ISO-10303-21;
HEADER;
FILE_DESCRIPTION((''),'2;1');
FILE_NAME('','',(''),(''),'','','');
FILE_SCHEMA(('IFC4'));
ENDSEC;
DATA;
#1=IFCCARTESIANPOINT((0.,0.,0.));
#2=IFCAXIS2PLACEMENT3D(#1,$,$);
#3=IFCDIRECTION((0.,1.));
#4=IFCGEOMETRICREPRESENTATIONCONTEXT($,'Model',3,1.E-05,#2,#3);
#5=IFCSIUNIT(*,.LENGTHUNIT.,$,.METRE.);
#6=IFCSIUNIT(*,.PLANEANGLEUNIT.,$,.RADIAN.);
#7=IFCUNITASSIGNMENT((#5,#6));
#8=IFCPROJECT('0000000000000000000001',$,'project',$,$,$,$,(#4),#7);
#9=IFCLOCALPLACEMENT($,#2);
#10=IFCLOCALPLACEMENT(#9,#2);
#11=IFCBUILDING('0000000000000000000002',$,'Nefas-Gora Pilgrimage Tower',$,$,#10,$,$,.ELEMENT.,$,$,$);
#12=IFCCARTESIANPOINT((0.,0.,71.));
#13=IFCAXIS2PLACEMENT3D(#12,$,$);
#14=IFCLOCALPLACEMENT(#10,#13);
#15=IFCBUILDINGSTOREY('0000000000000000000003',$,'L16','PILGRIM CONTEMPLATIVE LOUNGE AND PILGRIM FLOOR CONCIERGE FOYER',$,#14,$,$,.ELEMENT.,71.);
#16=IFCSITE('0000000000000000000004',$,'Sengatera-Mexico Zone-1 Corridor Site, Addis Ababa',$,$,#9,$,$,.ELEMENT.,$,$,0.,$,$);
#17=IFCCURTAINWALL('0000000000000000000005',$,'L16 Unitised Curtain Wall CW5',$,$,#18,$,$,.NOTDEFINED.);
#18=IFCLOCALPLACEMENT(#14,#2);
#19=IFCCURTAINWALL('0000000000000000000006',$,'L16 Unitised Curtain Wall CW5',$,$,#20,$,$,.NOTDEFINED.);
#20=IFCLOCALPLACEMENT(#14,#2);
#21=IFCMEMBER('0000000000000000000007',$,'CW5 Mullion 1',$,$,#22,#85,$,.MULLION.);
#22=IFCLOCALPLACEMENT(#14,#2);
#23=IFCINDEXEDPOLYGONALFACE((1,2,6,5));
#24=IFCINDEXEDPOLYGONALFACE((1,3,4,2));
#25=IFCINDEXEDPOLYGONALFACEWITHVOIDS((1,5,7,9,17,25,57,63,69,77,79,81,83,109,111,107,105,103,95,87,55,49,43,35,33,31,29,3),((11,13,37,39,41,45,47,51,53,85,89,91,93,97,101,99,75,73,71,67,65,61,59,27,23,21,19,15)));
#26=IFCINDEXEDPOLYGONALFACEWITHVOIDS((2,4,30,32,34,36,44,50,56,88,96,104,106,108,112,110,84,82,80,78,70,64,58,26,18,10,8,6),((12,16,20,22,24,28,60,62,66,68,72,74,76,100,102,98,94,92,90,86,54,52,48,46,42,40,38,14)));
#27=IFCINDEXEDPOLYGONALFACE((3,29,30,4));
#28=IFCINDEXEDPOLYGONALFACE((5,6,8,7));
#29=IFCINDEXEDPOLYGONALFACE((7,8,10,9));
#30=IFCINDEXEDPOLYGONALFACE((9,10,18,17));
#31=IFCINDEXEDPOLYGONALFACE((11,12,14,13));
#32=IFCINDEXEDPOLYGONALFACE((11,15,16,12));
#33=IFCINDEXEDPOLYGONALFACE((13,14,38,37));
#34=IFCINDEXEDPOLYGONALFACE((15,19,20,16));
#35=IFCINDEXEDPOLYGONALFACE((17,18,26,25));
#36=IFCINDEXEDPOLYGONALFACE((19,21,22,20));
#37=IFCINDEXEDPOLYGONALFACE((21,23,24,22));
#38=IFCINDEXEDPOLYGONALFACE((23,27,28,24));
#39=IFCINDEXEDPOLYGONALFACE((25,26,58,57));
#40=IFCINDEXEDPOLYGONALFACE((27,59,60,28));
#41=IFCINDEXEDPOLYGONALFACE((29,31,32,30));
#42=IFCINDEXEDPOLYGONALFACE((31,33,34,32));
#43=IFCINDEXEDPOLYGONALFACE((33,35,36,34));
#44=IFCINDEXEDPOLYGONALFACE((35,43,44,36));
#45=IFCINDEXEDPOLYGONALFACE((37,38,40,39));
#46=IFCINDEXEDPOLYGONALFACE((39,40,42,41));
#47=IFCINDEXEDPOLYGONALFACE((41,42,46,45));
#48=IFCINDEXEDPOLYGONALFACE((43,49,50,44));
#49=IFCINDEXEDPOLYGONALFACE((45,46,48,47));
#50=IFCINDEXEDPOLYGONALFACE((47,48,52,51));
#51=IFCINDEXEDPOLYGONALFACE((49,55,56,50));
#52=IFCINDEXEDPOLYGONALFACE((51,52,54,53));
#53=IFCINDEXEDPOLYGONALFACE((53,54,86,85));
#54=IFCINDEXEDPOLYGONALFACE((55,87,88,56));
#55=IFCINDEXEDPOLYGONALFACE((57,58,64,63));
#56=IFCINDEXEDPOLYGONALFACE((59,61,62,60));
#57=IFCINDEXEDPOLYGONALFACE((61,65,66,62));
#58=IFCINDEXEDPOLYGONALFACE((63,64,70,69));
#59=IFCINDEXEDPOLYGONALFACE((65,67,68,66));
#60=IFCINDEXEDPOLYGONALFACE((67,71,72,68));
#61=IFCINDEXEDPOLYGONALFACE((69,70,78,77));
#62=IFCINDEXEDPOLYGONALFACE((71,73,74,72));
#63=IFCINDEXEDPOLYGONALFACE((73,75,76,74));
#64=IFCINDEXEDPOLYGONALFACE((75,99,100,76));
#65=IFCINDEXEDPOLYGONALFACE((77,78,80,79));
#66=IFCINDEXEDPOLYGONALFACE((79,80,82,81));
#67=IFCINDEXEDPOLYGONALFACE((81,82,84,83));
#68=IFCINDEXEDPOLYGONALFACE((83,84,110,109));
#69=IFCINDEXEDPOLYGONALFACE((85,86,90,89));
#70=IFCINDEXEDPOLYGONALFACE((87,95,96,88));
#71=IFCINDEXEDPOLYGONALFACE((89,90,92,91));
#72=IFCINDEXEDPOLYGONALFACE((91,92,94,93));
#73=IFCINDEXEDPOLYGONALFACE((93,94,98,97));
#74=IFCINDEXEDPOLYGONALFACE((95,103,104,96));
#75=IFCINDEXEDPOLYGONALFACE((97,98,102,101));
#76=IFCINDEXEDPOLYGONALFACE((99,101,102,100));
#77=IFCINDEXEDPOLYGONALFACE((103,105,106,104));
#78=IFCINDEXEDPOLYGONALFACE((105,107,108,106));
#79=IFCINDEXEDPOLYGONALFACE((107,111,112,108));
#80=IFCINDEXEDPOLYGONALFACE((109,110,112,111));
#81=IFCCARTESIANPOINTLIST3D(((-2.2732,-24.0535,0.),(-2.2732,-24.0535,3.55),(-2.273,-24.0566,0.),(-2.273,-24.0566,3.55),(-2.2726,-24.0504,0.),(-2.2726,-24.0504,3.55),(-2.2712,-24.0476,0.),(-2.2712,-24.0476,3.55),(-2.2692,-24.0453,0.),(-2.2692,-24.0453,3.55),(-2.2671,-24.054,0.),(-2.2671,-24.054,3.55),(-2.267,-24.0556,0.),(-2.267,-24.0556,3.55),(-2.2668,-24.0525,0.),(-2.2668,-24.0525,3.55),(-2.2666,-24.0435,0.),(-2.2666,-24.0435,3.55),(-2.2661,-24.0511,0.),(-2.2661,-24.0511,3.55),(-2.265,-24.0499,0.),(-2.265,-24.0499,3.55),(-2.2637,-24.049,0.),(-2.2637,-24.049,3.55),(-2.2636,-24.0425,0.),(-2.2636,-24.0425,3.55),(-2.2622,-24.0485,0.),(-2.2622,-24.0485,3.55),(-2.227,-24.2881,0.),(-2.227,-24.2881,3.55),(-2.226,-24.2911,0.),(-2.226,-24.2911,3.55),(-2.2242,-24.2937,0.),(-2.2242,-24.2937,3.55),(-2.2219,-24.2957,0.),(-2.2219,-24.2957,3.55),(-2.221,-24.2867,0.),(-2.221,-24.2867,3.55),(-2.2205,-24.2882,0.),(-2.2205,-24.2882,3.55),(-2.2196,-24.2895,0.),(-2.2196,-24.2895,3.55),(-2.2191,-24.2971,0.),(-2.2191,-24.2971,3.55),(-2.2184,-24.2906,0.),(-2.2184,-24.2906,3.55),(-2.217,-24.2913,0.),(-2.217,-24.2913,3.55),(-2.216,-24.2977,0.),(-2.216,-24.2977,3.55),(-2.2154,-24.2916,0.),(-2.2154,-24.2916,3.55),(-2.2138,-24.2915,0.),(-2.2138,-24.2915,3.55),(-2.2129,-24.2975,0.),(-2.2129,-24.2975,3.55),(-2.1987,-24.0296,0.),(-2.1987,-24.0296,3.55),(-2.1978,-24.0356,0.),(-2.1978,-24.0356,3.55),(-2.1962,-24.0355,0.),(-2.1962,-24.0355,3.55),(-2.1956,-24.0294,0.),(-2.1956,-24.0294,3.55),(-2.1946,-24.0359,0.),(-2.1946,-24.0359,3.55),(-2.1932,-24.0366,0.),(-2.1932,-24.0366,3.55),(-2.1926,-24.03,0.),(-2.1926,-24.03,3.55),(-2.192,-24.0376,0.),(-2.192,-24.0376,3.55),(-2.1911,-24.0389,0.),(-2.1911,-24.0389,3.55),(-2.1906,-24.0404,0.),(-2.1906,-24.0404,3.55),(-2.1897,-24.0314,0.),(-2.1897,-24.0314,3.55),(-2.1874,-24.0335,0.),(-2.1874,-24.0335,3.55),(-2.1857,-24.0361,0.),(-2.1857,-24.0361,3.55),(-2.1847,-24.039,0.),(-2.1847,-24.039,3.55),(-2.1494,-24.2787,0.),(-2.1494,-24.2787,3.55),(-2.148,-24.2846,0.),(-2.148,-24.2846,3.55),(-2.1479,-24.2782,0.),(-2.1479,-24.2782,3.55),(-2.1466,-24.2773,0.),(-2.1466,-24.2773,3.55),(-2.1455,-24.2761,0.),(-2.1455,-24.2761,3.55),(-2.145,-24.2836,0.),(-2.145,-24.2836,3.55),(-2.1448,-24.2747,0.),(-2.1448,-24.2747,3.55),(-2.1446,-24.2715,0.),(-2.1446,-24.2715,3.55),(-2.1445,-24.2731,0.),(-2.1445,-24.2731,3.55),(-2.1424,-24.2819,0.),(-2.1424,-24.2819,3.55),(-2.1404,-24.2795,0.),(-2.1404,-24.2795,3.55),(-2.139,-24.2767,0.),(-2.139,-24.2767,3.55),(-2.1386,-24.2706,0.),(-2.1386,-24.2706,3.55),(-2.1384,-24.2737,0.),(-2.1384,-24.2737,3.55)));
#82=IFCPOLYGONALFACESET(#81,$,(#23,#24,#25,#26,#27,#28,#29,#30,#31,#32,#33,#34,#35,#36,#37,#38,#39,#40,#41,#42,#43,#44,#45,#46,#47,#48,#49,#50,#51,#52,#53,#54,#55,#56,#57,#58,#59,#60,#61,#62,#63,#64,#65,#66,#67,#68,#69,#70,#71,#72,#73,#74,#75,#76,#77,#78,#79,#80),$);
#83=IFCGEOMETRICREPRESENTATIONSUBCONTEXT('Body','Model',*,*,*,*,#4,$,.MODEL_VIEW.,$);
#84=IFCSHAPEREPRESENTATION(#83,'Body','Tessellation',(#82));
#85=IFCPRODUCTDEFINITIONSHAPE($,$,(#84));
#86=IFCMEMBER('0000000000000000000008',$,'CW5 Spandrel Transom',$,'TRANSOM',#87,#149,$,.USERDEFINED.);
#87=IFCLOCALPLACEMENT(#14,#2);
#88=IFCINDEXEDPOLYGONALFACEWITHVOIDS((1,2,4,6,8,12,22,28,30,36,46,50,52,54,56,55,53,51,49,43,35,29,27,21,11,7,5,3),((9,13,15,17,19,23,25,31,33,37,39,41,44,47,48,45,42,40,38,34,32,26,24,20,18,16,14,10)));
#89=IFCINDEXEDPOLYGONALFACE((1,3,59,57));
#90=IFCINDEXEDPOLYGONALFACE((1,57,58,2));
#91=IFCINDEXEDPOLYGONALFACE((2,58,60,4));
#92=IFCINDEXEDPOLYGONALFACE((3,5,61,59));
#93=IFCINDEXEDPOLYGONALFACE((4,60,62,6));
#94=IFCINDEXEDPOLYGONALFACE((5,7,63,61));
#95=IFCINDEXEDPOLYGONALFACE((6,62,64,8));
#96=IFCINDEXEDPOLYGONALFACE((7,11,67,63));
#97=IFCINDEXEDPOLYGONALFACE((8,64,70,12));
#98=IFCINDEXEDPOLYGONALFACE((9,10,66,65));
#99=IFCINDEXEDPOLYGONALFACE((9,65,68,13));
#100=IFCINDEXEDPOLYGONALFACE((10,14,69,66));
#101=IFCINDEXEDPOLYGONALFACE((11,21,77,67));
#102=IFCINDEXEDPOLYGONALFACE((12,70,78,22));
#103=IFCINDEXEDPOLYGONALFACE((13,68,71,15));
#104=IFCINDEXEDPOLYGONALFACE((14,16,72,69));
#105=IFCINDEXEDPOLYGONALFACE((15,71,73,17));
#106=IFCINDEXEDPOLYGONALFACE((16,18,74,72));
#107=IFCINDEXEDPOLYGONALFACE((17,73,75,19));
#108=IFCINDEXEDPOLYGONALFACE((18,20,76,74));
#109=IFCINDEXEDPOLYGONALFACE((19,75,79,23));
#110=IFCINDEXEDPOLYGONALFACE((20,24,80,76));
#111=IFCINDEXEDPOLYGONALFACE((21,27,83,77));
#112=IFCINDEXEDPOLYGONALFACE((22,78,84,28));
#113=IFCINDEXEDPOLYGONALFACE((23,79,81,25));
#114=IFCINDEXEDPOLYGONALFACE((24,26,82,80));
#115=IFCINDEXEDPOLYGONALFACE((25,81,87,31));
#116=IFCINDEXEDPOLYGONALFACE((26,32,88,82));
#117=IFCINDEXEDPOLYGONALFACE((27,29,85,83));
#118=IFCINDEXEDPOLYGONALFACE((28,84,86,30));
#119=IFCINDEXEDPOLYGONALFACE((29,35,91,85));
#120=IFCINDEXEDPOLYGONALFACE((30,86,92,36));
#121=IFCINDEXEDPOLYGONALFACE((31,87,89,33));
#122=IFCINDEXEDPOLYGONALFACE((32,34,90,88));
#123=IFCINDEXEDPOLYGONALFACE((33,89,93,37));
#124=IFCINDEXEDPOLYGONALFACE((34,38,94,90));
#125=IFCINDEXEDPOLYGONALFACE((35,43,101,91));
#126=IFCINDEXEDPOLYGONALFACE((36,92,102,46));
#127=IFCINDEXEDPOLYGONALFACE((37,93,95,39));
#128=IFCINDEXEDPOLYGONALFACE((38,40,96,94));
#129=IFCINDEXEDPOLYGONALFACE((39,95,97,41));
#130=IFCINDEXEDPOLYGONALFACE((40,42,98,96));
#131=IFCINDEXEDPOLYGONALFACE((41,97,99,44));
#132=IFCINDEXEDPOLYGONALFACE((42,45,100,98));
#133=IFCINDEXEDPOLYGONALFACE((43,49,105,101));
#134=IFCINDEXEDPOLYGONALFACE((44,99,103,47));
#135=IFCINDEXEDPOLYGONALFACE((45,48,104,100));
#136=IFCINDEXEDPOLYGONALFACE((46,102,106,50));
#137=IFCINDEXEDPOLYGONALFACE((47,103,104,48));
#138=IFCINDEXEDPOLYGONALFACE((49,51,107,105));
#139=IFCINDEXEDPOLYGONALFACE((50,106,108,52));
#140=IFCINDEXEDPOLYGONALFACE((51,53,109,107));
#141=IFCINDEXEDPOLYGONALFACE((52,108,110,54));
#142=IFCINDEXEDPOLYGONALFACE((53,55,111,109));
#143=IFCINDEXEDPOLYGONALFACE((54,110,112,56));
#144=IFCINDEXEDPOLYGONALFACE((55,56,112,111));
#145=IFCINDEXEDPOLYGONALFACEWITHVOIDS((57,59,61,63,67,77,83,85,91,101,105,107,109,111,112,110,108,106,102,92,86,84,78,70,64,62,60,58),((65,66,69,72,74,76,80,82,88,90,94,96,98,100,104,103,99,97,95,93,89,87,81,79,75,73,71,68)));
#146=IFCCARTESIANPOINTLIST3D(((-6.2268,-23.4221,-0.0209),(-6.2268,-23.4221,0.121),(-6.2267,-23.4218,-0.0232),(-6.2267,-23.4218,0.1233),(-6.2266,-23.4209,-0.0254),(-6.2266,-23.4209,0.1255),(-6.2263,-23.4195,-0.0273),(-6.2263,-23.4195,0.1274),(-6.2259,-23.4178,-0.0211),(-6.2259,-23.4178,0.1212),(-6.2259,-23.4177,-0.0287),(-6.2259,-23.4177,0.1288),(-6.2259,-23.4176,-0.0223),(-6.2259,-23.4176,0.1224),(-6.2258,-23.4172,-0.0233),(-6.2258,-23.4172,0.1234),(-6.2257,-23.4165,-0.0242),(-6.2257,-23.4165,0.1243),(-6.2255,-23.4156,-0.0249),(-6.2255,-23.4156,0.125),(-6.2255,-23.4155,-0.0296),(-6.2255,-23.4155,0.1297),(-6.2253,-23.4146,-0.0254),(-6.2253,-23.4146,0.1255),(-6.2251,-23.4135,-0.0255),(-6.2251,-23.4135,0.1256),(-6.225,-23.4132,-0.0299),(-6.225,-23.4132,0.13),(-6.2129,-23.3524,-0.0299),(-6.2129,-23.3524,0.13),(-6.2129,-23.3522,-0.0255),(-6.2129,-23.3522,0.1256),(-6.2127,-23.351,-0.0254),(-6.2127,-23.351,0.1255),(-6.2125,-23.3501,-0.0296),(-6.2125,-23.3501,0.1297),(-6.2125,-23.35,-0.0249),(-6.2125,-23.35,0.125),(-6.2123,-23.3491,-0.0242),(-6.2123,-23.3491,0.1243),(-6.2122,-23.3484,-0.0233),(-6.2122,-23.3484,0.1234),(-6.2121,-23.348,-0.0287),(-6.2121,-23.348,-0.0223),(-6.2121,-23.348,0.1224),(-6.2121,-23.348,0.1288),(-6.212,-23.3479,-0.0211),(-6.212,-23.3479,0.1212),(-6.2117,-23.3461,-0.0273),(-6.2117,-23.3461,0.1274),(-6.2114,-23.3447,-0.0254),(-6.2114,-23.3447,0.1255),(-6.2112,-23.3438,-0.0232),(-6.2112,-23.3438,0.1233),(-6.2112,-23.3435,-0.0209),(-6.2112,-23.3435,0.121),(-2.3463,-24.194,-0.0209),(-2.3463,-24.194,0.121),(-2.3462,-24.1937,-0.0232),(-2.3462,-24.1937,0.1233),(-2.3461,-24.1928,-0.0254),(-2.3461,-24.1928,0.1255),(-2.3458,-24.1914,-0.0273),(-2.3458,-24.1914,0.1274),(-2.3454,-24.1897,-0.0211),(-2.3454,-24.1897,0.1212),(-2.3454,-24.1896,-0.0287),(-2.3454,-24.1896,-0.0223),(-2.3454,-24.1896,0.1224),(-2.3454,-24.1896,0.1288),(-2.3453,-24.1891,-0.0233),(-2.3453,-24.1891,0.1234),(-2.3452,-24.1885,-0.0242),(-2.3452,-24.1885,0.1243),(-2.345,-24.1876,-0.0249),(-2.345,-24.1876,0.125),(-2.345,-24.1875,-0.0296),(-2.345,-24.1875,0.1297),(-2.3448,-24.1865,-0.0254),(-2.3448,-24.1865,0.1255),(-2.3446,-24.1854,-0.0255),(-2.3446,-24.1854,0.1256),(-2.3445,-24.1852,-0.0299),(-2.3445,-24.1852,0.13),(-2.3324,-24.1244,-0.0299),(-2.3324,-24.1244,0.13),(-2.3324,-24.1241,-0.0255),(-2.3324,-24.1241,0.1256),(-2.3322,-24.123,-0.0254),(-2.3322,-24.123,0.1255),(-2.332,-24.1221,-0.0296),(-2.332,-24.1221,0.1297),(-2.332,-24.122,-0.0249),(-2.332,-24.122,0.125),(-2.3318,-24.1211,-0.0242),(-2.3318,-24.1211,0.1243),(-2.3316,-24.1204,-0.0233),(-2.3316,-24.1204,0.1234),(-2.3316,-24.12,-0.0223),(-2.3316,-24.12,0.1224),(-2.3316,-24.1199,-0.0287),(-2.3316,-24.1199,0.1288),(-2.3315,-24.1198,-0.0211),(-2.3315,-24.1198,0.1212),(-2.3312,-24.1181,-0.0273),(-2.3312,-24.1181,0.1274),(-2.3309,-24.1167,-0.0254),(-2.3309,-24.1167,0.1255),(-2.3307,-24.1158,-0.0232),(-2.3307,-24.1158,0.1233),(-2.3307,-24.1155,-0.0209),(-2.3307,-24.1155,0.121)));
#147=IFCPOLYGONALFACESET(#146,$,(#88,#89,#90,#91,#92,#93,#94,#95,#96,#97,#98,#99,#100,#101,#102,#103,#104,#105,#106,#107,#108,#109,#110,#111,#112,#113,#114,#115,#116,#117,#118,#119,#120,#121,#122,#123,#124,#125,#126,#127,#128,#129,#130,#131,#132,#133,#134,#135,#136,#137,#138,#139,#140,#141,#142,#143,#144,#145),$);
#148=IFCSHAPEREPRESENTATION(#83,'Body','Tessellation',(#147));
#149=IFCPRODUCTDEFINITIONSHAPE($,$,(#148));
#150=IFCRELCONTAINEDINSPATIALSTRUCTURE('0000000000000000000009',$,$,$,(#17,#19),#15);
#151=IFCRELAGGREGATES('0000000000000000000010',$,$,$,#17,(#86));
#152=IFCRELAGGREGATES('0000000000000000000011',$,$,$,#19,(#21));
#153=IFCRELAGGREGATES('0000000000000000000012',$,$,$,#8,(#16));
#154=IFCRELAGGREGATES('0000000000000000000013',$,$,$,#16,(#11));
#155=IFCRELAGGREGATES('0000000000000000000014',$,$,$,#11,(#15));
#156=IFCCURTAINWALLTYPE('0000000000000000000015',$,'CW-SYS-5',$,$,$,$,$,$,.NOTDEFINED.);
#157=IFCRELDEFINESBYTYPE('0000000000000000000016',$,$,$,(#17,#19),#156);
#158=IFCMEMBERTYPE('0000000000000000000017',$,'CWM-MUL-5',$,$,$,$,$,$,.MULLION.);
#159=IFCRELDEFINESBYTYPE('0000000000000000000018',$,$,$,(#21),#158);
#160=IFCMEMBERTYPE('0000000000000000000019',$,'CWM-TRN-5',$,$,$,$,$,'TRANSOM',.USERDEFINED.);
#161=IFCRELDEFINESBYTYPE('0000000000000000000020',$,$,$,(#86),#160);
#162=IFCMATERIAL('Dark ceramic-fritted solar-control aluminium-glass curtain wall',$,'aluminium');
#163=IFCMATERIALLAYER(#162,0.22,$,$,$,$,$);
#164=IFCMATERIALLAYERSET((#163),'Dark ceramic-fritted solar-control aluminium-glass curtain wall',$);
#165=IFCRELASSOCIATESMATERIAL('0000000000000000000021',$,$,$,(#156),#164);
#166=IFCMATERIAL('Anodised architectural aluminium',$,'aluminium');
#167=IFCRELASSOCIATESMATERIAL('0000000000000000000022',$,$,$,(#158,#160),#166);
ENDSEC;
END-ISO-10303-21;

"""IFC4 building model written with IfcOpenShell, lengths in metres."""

from ifc_helpers import new_model, si_unit, direction, frame, origin, origin_2d, place, context, subcontext, project, spatial, hollow_rectangle, extrude, source, transform, mapped, material, layer, layer_set, material_profile, profile_set, type_object, element, aggregate, save


model = new_model("IFC4")

# Units and contexts
model_context = context("Model", 3, precision=1e-05, world=origin(), true_north=direction((0.0, 1.0)))
body_context = subcontext(model_context, "Body", "Model", "MODEL_VIEW")
ifc_project = project(units=[si_unit("LENGTHUNIT", "METRE"), si_unit("PLANEANGLEUNIT", "RADIAN")], contexts=[model_context])

# Site, building, storey
site_placement = place(None, origin())
site = spatial("IfcSite", under=ifc_project, at=site_placement, Name="Sengatera-Mexico Zone-1 Corridor Site, Addis Ababa", CompositionType="ELEMENT", RefElevation=0.0)
building_placement = place(site_placement, origin())
building = spatial("IfcBuilding", under=site, at=building_placement, Name="Nefas-Gora Pilgrimage Tower", CompositionType="ELEMENT")
storey_placement = place(building_placement, frame((0.0, 0.0, 71.0)))
storey = spatial("IfcBuildingStorey", under=building, at=storey_placement, Name="L16", Description="PILGRIM CONTEMPLATIVE LOUNGE AND PILGRIM FLOOR CONCIERGE FOYER", CompositionType="ELEMENT", Elevation=71.0)

# Shared definitions
ifc_material_1 = material(Name="Dark ceramic-fritted solar-control aluminium-glass curtain wall", Category="aluminium")
ifc_layer_1 = layer(ifc_material_1, 0.22)
ifc_layer_set_1 = layer_set([ifc_layer_1], Name="Dark ceramic-fritted solar-control aluminium-glass curtain wall")
curtain_wall_type = type_object("IfcCurtainWallType", Name="CW-SYS-5", PredefinedType="NOTDEFINED", material=ifc_layer_set_1)
ifc_material_2 = material(Name="Anodised architectural aluminium", Category="aluminium")
ifc_material_profile_1 = material_profile(ifc_material_2, hollow_rectangle(XDim=0.0901, YDim=0.26, WallThickness=0.0061, InnerFilletRadius=0.0061, OuterFilletRadius=0.012, at=origin_2d()), Name="ALU MULLION 90x260")
ifc_profile_set_1 = profile_set([ifc_material_profile_1], Name="Anodised architectural aluminium")
member_type_1 = type_object("IfcMemberType", Name="CWM-MUL-5", PredefinedType="MULLION", material=ifc_profile_set_1)
shared_shape_1 = source(origin(), body_context, "Body", "SweptSolid", [
    extrude(hollow_rectangle(XDim=0.0901, YDim=0.26, WallThickness=0.0061, InnerFilletRadius=0.0061, OuterFilletRadius=0.012, at=origin_2d()), origin(), (0.0, 0.0, 1.0), 3.55),
])

# Curtain wall
curtain_wall_1_placement = place(storey_placement, origin())
curtain_wall_1 = element("IfcCurtainWall", 1, at=curtain_wall_1_placement, inside=storey, type_object=curtain_wall_type, Name="L16 Unitised Curtain Wall CW5", PredefinedType="NOTDEFINED")

# Curtain wall, member
curtain_wall_2_placement = place(storey_placement, origin())
curtain_wall_2 = element("IfcCurtainWall", 2, at=curtain_wall_2_placement, inside=storey, type_object=curtain_wall_type, Name="L16 Unitised Curtain Wall CW5", PredefinedType="NOTDEFINED")
member_1_placement = place(storey_placement, frame((-2.2058, -24.1636, 0.0), z_axis=(0.0, 0.0, 1.0), x_axis=(0.980783, 0.195102, 0.0)))
member_1 = element("IfcMember", 3, at=member_1_placement, type_object=member_type_1, Name="CW5 Mullion 1", PredefinedType="MULLION", context=body_context, shape_type="MappedRepresentation", body=[
    mapped(shared_shape_1, transform((0.0, 0.0, 0.0), x_axis=(1.0, 0.0, 0.0), y_axis=(0.0, 1.0, 0.0), z_axis=(0.0, 0.0, 1.0), scale=1.0)),
])

# Member
ifc_material_profile_2 = material_profile(ifc_material_2, hollow_rectangle(XDim=0.0801, YDim=0.1599, WallThickness=0.0044, InnerFilletRadius=0.0044, OuterFilletRadius=0.009, at=origin_2d()), Name="ALU TRANSOM 80x160")
ifc_profile_set_2 = profile_set([ifc_material_profile_2], Name="Anodised architectural aluminium")
member_type_2 = type_object("IfcMemberType", Name="CWM-TRN-5", ElementType="TRANSOM", PredefinedType="USERDEFINED", material=ifc_profile_set_2)
shared_shape_2 = source(origin(), body_context, "Body", "SweptSolid", [
    extrude(hollow_rectangle(XDim=0.0801, YDim=0.1599, WallThickness=0.0044, InnerFilletRadius=0.0044, OuterFilletRadius=0.009, at=origin_2d()), origin(), (0.0, 0.0, 1.0), 3.9565),
])
member_2_placement = place(storey_placement, frame((-6.219, -23.3828, 0.05), z_axis=(0.980782, -0.195107, 0.0), x_axis=(0.195107, 0.980782, 0.0)))
member_2 = element("IfcMember", 4, at=member_2_placement, type_object=member_type_2, Name="CW5 Spandrel Transom", ObjectType="TRANSOM", PredefinedType="USERDEFINED", context=body_context, shape_type="MappedRepresentation", body=[
    mapped(shared_shape_2, transform((0.0, 0.0, 0.0), x_axis=(1.0, 0.0, 0.0), y_axis=(0.0, 1.0, 0.0), z_axis=(0.0, 0.0, 1.0), scale=1.0)),
])

aggregate(curtain_wall_1, [member_2])
aggregate(curtain_wall_2, [member_1])

save(model, "model.ifc")
